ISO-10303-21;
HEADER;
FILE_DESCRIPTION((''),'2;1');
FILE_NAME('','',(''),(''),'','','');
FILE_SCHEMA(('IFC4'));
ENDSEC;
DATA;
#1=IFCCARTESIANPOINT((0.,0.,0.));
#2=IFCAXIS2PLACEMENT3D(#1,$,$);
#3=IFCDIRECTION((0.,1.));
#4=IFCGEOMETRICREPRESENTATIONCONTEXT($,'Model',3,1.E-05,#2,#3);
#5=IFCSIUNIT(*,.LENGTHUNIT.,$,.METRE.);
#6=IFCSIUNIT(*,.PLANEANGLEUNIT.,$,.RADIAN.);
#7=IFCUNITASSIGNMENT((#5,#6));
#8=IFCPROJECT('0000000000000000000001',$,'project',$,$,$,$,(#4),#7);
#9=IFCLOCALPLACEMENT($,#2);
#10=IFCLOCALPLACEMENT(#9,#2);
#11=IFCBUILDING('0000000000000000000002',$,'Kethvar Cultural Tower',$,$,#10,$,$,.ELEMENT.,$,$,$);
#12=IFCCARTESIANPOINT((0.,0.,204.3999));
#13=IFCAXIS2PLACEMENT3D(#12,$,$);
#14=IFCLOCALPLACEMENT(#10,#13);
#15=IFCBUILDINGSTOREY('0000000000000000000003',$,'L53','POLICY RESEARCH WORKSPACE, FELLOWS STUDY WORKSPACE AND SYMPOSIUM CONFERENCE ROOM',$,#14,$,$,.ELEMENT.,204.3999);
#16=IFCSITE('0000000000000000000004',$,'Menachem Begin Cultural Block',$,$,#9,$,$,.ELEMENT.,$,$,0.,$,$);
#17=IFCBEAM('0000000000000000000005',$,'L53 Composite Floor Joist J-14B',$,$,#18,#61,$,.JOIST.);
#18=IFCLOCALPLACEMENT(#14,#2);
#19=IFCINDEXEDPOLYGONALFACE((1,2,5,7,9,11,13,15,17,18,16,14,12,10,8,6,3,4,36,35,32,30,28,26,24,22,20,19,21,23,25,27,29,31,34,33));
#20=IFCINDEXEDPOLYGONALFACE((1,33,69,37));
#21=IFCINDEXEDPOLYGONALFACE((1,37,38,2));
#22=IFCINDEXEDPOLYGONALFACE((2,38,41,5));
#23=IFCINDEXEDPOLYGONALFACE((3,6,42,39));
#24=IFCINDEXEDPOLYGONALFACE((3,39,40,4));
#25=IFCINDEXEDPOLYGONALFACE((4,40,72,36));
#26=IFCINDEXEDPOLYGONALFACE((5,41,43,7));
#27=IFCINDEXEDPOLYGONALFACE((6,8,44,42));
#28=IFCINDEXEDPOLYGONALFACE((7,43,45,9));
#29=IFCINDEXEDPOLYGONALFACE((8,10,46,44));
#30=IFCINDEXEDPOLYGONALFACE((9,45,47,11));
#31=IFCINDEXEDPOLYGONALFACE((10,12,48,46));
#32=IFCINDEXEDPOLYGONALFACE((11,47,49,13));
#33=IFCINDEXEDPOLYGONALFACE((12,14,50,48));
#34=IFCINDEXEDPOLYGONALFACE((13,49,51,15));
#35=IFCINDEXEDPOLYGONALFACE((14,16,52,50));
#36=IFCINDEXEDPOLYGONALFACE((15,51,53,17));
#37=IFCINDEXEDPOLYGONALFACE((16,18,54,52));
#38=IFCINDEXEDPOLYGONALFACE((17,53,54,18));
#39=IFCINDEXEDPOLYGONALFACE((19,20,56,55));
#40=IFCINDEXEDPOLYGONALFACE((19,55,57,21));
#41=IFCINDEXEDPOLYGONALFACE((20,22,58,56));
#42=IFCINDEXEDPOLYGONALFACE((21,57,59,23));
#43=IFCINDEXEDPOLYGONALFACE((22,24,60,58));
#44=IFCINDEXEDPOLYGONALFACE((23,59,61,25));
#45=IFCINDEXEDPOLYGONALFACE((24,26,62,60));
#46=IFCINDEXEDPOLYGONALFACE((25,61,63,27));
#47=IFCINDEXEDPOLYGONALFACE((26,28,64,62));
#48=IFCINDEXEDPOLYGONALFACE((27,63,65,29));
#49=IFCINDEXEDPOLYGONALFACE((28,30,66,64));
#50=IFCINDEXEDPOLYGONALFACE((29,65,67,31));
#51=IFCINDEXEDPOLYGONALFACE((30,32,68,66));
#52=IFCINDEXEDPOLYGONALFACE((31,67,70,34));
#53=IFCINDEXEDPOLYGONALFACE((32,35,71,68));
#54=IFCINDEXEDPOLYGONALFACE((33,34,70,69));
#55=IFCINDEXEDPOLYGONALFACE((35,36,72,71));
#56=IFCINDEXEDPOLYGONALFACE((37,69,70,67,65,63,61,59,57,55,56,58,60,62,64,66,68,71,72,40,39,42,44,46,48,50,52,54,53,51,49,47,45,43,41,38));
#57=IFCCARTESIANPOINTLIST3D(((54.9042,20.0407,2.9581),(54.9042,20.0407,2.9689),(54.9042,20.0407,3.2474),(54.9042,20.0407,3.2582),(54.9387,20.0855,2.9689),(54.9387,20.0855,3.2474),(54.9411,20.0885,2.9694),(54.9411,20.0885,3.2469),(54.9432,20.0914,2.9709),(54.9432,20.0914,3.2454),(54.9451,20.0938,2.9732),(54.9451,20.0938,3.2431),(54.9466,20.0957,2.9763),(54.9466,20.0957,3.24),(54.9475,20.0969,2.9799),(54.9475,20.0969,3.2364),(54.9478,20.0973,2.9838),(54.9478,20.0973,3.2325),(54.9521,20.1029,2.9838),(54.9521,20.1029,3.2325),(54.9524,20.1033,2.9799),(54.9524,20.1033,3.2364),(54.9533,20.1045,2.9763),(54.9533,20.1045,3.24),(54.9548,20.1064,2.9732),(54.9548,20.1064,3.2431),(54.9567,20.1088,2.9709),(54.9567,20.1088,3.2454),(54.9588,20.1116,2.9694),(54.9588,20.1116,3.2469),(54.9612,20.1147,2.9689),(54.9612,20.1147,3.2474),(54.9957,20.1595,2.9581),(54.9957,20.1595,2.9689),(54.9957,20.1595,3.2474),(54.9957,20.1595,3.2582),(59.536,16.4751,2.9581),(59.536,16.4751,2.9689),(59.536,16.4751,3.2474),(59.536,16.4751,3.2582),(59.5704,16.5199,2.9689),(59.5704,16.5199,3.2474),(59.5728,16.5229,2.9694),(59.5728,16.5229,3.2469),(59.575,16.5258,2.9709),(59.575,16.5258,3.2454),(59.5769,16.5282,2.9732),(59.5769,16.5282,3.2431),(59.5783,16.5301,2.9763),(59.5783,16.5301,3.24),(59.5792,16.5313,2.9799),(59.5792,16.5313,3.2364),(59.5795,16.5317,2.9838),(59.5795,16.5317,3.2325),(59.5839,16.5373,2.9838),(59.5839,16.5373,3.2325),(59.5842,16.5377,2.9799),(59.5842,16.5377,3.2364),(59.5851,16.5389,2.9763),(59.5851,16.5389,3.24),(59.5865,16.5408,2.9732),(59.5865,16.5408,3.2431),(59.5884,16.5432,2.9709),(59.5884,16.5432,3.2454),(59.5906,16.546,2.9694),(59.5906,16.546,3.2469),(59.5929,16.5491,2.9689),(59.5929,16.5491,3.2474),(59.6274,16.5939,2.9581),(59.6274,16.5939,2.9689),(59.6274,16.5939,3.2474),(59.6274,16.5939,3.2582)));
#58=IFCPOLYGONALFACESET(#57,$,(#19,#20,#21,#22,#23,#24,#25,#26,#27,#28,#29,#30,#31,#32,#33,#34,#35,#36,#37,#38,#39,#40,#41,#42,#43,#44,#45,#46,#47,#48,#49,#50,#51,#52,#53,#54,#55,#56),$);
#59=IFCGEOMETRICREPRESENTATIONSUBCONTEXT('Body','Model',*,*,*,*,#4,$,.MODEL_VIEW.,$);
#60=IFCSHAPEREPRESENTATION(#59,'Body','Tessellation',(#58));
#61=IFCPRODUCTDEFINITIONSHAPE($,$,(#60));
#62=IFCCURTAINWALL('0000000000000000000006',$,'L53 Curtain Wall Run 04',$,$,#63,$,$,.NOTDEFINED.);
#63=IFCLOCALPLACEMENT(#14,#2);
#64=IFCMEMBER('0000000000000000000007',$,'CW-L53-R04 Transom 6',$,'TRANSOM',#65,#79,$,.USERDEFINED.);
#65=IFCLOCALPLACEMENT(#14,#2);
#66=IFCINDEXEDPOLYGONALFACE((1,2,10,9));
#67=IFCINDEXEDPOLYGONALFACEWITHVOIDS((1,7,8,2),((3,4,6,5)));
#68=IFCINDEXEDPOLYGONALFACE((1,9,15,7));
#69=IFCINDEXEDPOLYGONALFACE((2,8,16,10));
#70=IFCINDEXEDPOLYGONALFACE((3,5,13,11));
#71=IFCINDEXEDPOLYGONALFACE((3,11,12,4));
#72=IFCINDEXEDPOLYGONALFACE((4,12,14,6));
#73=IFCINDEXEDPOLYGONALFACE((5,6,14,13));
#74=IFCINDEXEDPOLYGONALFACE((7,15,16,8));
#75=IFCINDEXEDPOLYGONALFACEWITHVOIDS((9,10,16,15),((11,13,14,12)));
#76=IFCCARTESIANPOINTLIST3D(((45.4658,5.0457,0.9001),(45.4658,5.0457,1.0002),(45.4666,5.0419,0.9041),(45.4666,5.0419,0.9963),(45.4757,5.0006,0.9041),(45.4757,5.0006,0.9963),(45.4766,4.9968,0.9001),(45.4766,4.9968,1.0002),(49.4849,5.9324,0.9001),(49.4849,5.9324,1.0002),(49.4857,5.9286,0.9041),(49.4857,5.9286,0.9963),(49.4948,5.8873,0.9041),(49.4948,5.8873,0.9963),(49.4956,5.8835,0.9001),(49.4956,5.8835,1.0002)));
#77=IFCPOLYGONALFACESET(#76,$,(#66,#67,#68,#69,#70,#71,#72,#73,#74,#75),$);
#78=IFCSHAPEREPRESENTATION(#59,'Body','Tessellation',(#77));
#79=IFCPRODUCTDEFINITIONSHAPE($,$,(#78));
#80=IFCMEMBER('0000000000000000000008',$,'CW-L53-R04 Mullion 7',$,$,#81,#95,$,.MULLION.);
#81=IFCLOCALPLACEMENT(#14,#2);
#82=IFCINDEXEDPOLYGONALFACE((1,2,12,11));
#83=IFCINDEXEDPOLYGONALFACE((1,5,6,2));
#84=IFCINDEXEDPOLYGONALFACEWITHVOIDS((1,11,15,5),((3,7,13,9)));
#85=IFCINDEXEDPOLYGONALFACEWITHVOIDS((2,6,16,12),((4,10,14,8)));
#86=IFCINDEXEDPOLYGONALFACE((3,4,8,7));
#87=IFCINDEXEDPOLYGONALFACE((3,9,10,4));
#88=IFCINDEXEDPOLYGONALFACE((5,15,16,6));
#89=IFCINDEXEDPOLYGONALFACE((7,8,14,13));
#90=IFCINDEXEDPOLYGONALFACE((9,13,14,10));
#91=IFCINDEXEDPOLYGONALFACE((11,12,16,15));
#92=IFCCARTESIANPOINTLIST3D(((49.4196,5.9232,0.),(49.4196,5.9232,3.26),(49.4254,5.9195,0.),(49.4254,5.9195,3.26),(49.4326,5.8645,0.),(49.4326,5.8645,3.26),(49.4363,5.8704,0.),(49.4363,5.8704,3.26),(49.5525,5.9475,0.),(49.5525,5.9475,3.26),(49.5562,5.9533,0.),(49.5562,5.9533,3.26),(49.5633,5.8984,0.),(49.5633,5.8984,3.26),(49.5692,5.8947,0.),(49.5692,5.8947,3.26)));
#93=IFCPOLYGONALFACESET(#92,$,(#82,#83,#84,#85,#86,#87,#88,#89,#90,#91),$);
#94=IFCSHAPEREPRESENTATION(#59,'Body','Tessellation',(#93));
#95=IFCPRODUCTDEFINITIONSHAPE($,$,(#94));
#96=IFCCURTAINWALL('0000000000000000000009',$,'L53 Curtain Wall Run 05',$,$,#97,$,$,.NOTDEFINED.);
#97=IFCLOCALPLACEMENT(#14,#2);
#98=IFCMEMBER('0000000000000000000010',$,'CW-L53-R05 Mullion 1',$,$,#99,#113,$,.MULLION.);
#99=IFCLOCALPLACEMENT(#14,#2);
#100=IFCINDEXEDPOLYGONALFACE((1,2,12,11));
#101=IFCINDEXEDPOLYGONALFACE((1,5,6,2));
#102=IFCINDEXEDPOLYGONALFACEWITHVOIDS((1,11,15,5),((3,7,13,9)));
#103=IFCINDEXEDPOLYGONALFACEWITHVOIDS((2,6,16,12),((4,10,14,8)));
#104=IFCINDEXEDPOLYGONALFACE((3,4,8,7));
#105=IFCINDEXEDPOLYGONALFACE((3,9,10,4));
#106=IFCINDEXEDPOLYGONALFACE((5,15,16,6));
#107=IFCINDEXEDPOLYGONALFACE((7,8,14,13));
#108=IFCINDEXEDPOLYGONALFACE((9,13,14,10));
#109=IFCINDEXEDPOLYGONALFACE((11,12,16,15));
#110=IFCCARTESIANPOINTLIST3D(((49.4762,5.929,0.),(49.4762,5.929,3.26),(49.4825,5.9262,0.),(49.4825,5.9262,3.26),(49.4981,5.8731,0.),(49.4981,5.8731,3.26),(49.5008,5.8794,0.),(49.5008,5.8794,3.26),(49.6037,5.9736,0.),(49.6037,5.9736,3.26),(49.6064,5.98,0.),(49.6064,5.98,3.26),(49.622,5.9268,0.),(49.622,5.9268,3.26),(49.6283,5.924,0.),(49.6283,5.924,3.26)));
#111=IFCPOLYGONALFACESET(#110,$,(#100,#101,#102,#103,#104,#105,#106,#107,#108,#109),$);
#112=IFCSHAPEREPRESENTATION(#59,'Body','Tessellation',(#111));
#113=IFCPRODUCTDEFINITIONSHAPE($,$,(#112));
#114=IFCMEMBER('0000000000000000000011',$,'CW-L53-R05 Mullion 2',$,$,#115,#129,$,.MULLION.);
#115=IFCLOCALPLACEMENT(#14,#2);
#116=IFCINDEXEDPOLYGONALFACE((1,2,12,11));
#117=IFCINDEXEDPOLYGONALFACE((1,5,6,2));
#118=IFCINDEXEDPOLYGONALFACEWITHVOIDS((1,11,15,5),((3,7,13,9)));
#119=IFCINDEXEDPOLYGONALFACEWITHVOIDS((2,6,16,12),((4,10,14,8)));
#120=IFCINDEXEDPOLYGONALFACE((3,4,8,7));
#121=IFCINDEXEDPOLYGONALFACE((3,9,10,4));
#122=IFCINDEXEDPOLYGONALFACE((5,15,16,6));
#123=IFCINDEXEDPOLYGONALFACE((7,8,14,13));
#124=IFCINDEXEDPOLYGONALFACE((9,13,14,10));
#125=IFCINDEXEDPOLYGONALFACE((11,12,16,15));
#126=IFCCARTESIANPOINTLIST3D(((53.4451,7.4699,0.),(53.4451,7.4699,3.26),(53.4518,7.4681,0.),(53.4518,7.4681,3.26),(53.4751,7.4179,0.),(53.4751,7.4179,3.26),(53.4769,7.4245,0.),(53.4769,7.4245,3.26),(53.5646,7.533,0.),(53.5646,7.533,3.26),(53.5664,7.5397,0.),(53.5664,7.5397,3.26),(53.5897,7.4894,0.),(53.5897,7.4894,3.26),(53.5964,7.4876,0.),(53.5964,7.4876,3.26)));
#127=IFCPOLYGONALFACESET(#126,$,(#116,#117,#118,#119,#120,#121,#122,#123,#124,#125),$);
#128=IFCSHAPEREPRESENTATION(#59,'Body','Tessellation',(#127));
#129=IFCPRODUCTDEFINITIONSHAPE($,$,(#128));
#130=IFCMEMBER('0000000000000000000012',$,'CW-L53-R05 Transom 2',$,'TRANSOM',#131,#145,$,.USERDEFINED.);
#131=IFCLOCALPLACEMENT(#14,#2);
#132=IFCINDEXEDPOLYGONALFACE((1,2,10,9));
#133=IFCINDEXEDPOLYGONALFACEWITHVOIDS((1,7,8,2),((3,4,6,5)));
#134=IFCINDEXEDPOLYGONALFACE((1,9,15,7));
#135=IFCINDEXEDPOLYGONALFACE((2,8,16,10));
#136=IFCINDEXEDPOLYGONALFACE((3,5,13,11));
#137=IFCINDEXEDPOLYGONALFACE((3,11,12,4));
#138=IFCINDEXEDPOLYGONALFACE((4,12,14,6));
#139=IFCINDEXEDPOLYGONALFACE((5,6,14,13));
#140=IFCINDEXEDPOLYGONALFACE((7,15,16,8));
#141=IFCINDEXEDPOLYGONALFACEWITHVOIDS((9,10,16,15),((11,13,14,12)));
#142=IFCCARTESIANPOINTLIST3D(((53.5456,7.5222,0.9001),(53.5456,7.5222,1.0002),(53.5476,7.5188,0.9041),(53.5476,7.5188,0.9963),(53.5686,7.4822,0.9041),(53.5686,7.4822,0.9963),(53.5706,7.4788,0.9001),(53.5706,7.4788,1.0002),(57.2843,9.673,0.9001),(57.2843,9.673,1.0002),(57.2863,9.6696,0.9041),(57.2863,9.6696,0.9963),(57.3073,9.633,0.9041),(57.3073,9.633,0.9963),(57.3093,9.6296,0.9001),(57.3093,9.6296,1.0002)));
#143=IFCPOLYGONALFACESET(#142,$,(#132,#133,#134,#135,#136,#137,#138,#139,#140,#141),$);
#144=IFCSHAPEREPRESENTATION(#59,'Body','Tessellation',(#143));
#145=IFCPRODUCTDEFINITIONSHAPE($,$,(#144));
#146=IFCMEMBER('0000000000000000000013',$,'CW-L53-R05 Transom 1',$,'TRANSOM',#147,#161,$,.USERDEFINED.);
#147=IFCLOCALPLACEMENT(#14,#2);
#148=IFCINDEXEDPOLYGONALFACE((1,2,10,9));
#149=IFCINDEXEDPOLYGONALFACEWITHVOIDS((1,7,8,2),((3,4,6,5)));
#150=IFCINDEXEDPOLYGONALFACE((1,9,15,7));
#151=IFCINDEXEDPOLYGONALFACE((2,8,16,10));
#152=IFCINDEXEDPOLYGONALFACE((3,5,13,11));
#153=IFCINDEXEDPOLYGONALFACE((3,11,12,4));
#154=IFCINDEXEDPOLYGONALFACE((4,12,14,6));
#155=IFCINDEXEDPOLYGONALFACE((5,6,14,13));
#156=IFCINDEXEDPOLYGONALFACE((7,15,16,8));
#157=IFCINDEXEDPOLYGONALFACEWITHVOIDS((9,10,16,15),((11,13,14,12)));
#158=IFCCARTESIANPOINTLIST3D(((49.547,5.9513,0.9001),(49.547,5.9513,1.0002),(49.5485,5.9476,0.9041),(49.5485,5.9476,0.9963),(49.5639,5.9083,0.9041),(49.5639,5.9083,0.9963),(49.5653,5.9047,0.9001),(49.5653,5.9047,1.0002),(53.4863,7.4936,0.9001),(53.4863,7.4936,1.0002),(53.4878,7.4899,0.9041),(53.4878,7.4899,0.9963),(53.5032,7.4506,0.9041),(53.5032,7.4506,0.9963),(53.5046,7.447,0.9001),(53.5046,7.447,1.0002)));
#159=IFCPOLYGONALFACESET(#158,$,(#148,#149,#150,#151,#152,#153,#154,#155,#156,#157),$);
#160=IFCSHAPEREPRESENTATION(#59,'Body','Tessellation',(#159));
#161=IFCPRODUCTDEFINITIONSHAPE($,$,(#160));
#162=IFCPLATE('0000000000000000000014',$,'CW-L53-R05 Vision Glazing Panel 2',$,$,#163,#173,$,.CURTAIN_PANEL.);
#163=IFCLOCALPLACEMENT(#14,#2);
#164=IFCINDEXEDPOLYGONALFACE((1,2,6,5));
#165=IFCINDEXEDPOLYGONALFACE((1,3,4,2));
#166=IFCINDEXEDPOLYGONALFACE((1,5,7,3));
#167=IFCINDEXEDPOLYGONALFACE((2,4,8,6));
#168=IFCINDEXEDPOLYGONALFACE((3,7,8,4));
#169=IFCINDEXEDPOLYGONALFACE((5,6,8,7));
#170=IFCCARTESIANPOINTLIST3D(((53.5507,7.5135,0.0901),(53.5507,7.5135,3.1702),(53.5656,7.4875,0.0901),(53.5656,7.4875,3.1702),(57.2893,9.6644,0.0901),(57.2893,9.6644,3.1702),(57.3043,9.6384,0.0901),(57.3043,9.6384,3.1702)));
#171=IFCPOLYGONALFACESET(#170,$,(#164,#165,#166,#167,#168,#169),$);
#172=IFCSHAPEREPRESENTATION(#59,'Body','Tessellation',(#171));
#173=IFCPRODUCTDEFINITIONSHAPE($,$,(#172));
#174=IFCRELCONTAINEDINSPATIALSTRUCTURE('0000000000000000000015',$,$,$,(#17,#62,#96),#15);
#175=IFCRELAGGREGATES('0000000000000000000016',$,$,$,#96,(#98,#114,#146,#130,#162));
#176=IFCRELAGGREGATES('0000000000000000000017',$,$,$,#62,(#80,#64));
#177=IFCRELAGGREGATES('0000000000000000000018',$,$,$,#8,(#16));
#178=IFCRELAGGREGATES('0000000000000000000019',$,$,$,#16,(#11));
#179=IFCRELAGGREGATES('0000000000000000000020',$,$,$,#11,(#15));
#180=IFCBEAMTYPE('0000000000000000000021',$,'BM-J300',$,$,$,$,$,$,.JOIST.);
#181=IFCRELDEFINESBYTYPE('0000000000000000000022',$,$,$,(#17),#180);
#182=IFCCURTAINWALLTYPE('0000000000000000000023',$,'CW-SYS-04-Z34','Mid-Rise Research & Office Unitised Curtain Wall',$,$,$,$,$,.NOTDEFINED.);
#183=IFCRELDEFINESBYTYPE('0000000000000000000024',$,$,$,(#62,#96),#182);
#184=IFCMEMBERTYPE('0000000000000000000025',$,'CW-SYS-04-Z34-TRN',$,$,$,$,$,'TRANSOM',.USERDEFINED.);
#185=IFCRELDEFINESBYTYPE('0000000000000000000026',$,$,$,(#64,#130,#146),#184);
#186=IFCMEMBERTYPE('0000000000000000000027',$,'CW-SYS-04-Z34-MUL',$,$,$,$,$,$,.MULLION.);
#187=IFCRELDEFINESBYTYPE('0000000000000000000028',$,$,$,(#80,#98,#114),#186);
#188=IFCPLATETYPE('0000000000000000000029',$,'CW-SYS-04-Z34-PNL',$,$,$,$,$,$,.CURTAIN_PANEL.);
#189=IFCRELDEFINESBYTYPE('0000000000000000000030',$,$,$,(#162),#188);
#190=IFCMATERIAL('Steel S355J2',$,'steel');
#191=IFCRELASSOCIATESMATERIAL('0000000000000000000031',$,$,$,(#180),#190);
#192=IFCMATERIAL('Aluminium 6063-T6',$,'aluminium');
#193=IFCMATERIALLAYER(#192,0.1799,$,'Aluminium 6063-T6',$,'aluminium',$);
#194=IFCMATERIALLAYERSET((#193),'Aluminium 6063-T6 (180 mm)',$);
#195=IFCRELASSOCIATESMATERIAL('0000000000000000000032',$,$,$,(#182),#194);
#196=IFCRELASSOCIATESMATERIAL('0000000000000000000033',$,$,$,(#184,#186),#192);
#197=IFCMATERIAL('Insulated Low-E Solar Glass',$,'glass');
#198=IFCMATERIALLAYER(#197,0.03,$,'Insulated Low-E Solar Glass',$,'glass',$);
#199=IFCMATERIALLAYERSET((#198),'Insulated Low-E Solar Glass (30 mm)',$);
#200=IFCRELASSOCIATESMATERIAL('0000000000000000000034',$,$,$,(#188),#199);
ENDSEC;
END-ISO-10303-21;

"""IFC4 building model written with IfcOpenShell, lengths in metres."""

from ifc_helpers import new_model, si_unit, direction, frame, origin, origin_2d, place, context, subcontext, project, spatial, rectangle, hollow_rectangle, i_section, extrude, source, transform, mapped, material, layer, layer_set, material_profile, profile_set, type_object, element, aggregate, save


model = new_model("IFC4")

# Units and contexts
model_context = context("Model", 3, precision=1e-05, world=origin(), true_north=direction((0.0, 1.0)))
body_context = subcontext(model_context, "Body", "Model", "MODEL_VIEW")
ifc_project = project(units=[si_unit("LENGTHUNIT", "METRE"), si_unit("PLANEANGLEUNIT", "RADIAN")], contexts=[model_context])

# Site, building, storey
site_placement = place(None, origin())
site = spatial("IfcSite", under=ifc_project, at=site_placement, Name="Menachem Begin Cultural Block", CompositionType="ELEMENT", RefElevation=0.0)
building_placement = place(site_placement, origin())
building = spatial("IfcBuilding", under=site, at=building_placement, Name="Kethvar Cultural Tower", CompositionType="ELEMENT")
storey_placement = place(building_placement, frame((0.0, 0.0, 204.3999)))
storey = spatial("IfcBuildingStorey", under=building, at=storey_placement, Name="L53", Description="POLICY RESEARCH WORKSPACE, FELLOWS STUDY WORKSPACE AND SYMPOSIUM CONFERENCE ROOM", CompositionType="ELEMENT", Elevation=204.3999)

# Beam
ifc_material_1 = material(Name="Steel S355J2", Category="steel")
ifc_material_profile_1 = material_profile(ifc_material_1, i_section(OverallWidth=0.1499, OverallDepth=0.3, WebThickness=0.0071, FlangeThickness=0.0107, FilletRadius=0.0149, at=origin_2d()), Name="Steel S355J2 — IPE300")
ifc_profile_set_1 = profile_set([ifc_material_profile_1], Name="Steel S355J2 — IPE300")
beam_type_1 = type_object("IfcBeamType", Name="BM-J300", PredefinedType="JOIST", material=ifc_profile_set_1)
shared_shape_1 = source(origin(), body_context, "Body", "SweptSolid", [
    extrude(i_section(OverallWidth=0.1499, OverallDepth=0.3, WebThickness=0.0071, FlangeThickness=0.0107, FilletRadius=0.0149, at=origin_2d()), origin(), (0.0, 0.0, 1.0), 5.8452),
])
beam_1_placement = place(storey_placement, frame((54.95, 20.1001, 3.1082), z_axis=(0.792399, -0.610003, 0.0), x_axis=(0.610003, 0.792399, 0.0)))
element("IfcBeam", 1, at=beam_1_placement, inside=storey, type_object=beam_type_1, Name="L53 Composite Floor Joist J-14B", PredefinedType="JOIST", context=body_context, shape_type="MappedRepresentation", body=[
    mapped(shared_shape_1, transform((0.0, 0.0, 0.0), scale=1.0)),
])

# Curtain wall, members
ifc_material_2 = material(Name="Aluminium 6063-T6", Category="aluminium")
ifc_layer_1 = layer(ifc_material_2, 0.1799, Name="Aluminium 6063-T6", Category="aluminium")
ifc_layer_set_1 = layer_set([ifc_layer_1], Name="Aluminium 6063-T6 (180 mm)")
curtain_wall_type = type_object("IfcCurtainWallType", Name="CW-SYS-04-Z34", Description="Mid-Rise Research & Office Unitised Curtain Wall", PredefinedType="NOTDEFINED", material=ifc_layer_set_1)
curtain_wall_1_placement = place(storey_placement, origin())
curtain_wall_1 = element("IfcCurtainWall", 2, at=curtain_wall_1_placement, inside=storey, type_object=curtain_wall_type, Name="L53 Curtain Wall Run 04", PredefinedType="NOTDEFINED")
ifc_material_profile_2 = material_profile(ifc_material_2, hollow_rectangle(XDim=0.05, YDim=0.1001, WallThickness=0.0039, at=origin_2d()), Name="Aluminium 6063-T6 — RHS100x50x4")
ifc_profile_set_2 = profile_set([ifc_material_profile_2], Name="Aluminium 6063-T6 — RHS100x50x4")
member_type_1 = type_object("IfcMemberType", Name="CW-SYS-04-Z34-TRN", ElementType="TRANSOM", PredefinedType="USERDEFINED", material=ifc_profile_set_2)
shared_shape_2 = source(origin(), body_context, "Body", "SweptSolid", [
    extrude(hollow_rectangle(XDim=0.05, YDim=0.1001, WallThickness=0.0039, at=origin_2d()), origin(), (0.0, 0.0, 1.0), 4.1157),
])
member_1_placement = place(storey_placement, frame((45.4712, 5.0212, 0.9502), z_axis=(0.976515, 0.215448, 0.0), x_axis=(-0.215448, 0.976515, 0.0)))
member_1 = element("IfcMember", 3, at=member_1_placement, type_object=member_type_1, Name="CW-L53-R04 Transom 6", ObjectType="TRANSOM", PredefinedType="USERDEFINED", context=body_context, shape_type="MappedRepresentation", body=[
    mapped(shared_shape_2, transform((0.0, 0.0, 0.0), scale=1.0)),
])
ifc_material_profile_3 = material_profile(ifc_material_2, hollow_rectangle(XDim=0.0601, YDim=0.1399, WallThickness=0.0049, at=origin_2d()), Name="Aluminium 6063-T6 — RHS140x60x5")
ifc_profile_set_3 = profile_set([ifc_material_profile_3], Name="Aluminium 6063-T6 — RHS140x60x5")
member_type_2 = type_object("IfcMemberType", Name="CW-SYS-04-Z34-MUL", PredefinedType="MULLION", material=ifc_profile_set_3)
shared_shape_3 = source(origin(), body_context, "Body", "SweptSolid", [
    extrude(hollow_rectangle(XDim=0.0601, YDim=0.1399, WallThickness=0.0049, at=origin_2d()), origin(), (0.0, 0.0, 1.0), 3.26),
])
member_2_placement = place(storey_placement, frame((49.4944, 5.9089, 0.0), z_axis=(0.0, 0.0, 1.0), x_axis=(-0.215468, 0.976511, 0.0)))
member_2 = element("IfcMember", 4, at=member_2_placement, type_object=member_type_2, Name="CW-L53-R04 Mullion 7", PredefinedType="MULLION", context=body_context, shape_type="MappedRepresentation", body=[
    mapped(shared_shape_3, transform((0.0, 0.0, 0.0), scale=1.0)),
])

# Curtain wall, members, plate
curtain_wall_2_placement = place(storey_placement, origin())
curtain_wall_2 = element("IfcCurtainWall", 5, at=curtain_wall_2_placement, inside=storey, type_object=curtain_wall_type, Name="L53 Curtain Wall Run 05", PredefinedType="NOTDEFINED")
member_3_placement = place(storey_placement, frame((49.5522, 5.9265, 0.0), z_axis=(0.0, 0.0, 1.0), x_axis=(-0.364552, 0.931183, 0.0)))
member_3 = element("IfcMember", 6, at=member_3_placement, type_object=member_type_2, Name="CW-L53-R05 Mullion 1", PredefinedType="MULLION", context=body_context, shape_type="MappedRepresentation", body=[
    mapped(shared_shape_3, transform((0.0, 0.0, 0.0), scale=1.0)),
])
member_4_placement = place(storey_placement, frame((53.5208, 7.4788, 0.0), z_axis=(0.0, 0.0, 1.0), x_axis=(-0.498669, 0.866792, 0.0)))
member_4 = element("IfcMember", 7, at=member_4_placement, type_object=member_type_2, Name="CW-L53-R05 Mullion 2", PredefinedType="MULLION", context=body_context, shape_type="MappedRepresentation", body=[
    mapped(shared_shape_3, transform((0.0, 0.0, 0.0), scale=1.0)),
])
shared_shape_4 = source(origin(), body_context, "Body", "SweptSolid", [
    extrude(hollow_rectangle(XDim=0.05, YDim=0.1001, WallThickness=0.0039, at=origin_2d()), origin(), (0.0, 0.0, 1.0), 4.3132),
])
member_5_placement = place(storey_placement, frame((53.5581, 7.5005, 0.9502), z_axis=(0.866797, 0.49866, 0.0), x_axis=(-0.49866, 0.866797, 0.0)))
member_5 = element("IfcMember", 8, at=member_5_placement, type_object=member_type_1, Name="CW-L53-R05 Transom 2", ObjectType="TRANSOM", PredefinedType="USERDEFINED", context=body_context, shape_type="MappedRepresentation", body=[
    mapped(shared_shape_4, transform((0.0, 0.0, 0.0), scale=1.0)),
])
shared_shape_5 = source(origin(), body_context, "Body", "SweptSolid", [
    extrude(hollow_rectangle(XDim=0.05, YDim=0.1001, WallThickness=0.0039, at=origin_2d()), origin(), (0.0, 0.0, 1.0), 4.2305),
])
member_6_placement = place(storey_placement, frame((49.5562, 5.928, 0.9502), z_axis=(0.931178, 0.364565, 0.0), x_axis=(-0.364565, 0.931178, 0.0)))
member_6 = element("IfcMember", 9, at=member_6_placement, type_object=member_type_1, Name="CW-L53-R05 Transom 1", ObjectType="TRANSOM", PredefinedType="USERDEFINED", context=body_context, shape_type="MappedRepresentation", body=[
    mapped(shared_shape_5, transform((0.0, 0.0, 0.0), scale=1.0)),
])
ifc_material_3 = material(Name="Insulated Low-E Solar Glass", Category="glass")
ifc_layer_2 = layer(ifc_material_3, 0.03, Name="Insulated Low-E Solar Glass", Category="glass")
ifc_layer_set_2 = layer_set([ifc_layer_2], Name="Insulated Low-E Solar Glass (30 mm)")
plate_type = type_object("IfcPlateType", Name="CW-SYS-04-Z34-PNL", PredefinedType="CURTAIN_PANEL", material=ifc_layer_set_2)
shared_shape_6 = source(origin(), body_context, "Body", "SweptSolid", [
    extrude(rectangle(XDim=4.3132, YDim=0.03, at=origin_2d()), origin(), (0.0, 0.0, 1.0), 3.0801),
])
plate_1_placement = place(storey_placement, frame((55.4275, 8.5759, 0.0901), z_axis=(0.0, 0.0, 1.0), x_axis=(0.866792, 0.498669, 0.0)))
plate_1 = element("IfcPlate", 10, at=plate_1_placement, type_object=plate_type, Name="CW-L53-R05 Vision Glazing Panel 2", PredefinedType="CURTAIN_PANEL", context=body_context, shape_type="MappedRepresentation", body=[
    mapped(shared_shape_6, transform((0.0, 0.0, 0.0), scale=1.0)),
])
aggregate(curtain_wall_2, [member_3, member_4, member_6, member_5, plate_1])

aggregate(curtain_wall_1, [member_2, member_1])

save(model, "model.ifc")
